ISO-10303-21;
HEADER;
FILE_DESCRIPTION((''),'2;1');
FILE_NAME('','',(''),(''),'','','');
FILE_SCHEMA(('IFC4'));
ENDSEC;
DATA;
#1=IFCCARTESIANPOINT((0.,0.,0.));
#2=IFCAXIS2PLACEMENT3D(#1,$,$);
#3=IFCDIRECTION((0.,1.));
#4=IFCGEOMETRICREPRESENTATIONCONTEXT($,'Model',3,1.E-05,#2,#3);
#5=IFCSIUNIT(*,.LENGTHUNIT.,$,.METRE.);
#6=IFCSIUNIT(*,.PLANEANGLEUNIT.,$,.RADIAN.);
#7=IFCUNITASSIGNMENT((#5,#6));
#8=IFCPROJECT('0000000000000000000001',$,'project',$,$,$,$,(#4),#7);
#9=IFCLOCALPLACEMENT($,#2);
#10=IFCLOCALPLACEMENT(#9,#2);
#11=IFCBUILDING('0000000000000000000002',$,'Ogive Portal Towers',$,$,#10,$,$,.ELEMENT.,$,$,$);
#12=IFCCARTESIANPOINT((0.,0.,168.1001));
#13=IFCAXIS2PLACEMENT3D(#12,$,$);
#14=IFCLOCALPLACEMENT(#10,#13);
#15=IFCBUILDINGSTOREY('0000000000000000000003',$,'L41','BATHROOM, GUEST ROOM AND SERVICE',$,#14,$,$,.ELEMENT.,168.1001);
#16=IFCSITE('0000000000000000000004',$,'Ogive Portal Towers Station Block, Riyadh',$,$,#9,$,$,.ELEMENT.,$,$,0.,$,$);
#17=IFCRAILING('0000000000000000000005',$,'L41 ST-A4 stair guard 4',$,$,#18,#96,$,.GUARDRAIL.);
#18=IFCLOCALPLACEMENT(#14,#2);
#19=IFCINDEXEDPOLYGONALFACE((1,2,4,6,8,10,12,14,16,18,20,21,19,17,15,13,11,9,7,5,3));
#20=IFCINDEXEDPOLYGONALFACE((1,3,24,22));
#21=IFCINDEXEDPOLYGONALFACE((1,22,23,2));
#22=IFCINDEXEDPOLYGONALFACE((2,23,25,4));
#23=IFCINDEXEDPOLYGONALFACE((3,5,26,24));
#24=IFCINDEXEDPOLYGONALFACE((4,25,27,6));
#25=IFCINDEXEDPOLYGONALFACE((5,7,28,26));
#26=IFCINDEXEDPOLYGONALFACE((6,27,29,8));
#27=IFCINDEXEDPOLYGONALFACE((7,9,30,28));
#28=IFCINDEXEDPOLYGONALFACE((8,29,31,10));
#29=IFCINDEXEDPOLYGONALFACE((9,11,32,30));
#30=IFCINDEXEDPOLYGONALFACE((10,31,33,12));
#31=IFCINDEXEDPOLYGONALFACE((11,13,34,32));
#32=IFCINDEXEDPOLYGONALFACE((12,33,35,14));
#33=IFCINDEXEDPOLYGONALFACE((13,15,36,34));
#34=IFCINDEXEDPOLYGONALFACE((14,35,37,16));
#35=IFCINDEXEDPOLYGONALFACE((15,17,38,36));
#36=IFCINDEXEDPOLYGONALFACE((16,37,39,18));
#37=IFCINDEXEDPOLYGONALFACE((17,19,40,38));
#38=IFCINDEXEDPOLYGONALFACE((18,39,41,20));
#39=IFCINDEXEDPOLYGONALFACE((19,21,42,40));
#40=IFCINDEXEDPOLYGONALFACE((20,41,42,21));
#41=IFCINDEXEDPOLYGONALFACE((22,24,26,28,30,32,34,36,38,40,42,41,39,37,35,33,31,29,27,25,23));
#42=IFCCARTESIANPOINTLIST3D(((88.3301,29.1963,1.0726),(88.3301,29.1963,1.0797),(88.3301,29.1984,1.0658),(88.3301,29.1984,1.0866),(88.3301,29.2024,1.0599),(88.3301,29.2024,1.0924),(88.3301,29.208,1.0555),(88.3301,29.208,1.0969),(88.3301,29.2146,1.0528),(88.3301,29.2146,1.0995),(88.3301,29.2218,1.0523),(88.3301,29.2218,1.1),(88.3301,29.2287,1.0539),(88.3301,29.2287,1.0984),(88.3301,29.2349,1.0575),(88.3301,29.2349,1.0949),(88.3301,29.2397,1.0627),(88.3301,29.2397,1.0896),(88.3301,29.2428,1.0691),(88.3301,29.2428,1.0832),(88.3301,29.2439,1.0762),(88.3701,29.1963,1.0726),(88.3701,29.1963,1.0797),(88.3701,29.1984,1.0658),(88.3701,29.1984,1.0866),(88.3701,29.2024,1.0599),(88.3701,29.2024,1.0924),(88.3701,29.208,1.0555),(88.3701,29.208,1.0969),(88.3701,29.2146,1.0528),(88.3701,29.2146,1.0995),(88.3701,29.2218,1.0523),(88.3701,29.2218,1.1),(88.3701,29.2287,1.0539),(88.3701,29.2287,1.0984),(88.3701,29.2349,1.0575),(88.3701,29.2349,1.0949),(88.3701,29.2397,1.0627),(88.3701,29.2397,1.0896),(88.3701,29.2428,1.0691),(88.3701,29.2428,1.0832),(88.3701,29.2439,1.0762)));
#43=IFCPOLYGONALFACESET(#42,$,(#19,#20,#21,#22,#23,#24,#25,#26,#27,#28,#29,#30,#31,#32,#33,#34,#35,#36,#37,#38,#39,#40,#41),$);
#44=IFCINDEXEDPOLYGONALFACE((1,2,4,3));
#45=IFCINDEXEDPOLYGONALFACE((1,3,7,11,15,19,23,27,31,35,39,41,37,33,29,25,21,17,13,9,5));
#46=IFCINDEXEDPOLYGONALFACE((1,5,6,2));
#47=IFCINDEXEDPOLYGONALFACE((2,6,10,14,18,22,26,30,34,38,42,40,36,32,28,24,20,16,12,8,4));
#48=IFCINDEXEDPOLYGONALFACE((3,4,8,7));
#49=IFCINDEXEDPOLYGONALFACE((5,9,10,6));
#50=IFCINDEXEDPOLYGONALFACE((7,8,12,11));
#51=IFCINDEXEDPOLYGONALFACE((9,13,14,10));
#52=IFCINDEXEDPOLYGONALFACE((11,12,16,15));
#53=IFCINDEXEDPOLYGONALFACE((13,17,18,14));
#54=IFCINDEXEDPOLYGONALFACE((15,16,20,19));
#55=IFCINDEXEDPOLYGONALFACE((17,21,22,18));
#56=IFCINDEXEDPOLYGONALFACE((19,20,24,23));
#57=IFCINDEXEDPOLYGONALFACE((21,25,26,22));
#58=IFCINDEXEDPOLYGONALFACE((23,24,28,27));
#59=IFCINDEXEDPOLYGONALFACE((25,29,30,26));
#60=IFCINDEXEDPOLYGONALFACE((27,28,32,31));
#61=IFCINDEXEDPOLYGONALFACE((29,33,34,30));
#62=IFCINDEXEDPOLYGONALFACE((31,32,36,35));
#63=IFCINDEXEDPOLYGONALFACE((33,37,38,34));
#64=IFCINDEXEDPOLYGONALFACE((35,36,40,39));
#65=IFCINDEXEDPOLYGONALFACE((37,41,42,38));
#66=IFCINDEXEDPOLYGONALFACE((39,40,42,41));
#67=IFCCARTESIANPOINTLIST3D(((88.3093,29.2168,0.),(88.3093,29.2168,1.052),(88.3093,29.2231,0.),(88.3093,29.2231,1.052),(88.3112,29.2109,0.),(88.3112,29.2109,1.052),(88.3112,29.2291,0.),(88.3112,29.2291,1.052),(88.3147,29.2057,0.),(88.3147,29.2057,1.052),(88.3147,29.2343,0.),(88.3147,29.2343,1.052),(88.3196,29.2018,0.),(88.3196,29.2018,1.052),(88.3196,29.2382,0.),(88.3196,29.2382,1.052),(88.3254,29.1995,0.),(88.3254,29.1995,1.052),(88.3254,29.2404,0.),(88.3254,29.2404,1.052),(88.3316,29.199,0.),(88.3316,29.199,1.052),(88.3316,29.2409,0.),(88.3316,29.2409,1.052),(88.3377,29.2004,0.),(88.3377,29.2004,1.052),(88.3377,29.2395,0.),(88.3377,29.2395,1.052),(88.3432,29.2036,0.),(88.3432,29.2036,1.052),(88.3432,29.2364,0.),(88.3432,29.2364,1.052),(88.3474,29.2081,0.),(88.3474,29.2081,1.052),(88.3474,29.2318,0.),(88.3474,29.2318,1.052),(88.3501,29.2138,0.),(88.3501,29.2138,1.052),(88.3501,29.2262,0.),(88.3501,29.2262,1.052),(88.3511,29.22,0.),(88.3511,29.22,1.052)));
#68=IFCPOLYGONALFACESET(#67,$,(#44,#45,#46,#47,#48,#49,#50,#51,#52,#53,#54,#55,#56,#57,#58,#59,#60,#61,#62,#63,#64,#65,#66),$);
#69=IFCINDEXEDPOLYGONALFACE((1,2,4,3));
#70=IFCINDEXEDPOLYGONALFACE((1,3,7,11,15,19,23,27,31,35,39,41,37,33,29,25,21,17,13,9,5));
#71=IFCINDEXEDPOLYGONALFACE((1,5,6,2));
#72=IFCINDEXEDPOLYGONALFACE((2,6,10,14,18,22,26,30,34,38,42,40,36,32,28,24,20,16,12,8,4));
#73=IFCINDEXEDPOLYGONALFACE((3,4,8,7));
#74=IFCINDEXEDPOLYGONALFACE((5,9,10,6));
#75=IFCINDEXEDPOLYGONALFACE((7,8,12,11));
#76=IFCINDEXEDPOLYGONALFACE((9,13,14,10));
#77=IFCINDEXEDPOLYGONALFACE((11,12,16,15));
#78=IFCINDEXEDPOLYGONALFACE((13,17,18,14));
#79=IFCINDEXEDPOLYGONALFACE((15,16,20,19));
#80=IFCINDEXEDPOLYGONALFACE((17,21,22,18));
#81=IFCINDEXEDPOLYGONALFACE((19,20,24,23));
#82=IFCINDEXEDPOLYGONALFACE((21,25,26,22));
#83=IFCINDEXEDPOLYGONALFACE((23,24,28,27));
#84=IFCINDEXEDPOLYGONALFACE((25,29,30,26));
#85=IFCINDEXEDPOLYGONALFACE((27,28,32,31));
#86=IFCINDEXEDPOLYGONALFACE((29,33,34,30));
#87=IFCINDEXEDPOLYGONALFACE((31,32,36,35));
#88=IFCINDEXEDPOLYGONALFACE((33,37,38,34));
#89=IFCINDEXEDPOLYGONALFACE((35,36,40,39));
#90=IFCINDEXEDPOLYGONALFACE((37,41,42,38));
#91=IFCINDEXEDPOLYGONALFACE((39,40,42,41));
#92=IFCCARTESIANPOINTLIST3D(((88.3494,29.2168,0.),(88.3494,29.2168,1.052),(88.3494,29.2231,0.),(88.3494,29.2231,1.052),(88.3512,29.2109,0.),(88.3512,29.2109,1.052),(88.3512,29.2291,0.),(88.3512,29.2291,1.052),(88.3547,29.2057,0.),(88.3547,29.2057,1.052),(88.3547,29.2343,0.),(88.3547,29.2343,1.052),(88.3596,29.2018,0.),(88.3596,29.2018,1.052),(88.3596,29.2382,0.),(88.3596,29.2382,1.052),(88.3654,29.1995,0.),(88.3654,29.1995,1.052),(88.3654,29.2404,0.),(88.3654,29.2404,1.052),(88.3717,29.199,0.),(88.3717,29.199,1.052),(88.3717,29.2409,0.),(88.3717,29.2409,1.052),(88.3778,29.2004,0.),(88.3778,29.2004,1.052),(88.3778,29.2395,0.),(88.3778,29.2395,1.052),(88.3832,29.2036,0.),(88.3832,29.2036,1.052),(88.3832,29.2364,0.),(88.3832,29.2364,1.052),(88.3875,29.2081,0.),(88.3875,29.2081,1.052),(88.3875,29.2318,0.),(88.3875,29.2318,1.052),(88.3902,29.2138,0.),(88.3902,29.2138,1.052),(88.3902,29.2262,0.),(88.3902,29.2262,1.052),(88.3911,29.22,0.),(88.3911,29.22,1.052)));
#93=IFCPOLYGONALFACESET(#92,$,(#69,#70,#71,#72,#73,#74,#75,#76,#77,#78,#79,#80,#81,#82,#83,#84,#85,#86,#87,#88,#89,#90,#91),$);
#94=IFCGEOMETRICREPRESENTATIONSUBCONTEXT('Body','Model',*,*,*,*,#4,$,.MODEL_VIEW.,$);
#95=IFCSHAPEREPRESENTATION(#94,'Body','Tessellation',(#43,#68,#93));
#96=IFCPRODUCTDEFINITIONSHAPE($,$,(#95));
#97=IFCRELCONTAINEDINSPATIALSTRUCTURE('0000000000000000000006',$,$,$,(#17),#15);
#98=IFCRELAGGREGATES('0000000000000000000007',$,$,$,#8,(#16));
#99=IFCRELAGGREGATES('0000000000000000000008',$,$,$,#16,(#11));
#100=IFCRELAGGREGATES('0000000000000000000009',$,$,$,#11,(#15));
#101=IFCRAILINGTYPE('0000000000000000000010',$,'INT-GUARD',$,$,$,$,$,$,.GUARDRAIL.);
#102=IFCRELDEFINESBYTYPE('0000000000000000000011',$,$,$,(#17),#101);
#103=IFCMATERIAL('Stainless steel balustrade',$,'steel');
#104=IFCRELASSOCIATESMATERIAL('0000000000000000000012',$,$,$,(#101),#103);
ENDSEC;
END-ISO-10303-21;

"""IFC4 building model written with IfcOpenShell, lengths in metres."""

from ifc_helpers import new_model, si_unit, direction, frame, origin, origin_2d, place, context, subcontext, project, spatial, circle, extrude, material, type_object, element, save


model = new_model("IFC4")

# Units and contexts
model_context = context("Model", 3, precision=1e-05, world=origin(), true_north=direction((0.0, 1.0)))
body_context = subcontext(model_context, "Body", "Model", "MODEL_VIEW")
ifc_project = project(units=[si_unit("LENGTHUNIT", "METRE"), si_unit("PLANEANGLEUNIT", "RADIAN")], contexts=[model_context])

# Site, building, storey
site_placement = place(None, origin())
site = spatial("IfcSite", under=ifc_project, at=site_placement, Name="Ogive Portal Towers Station Block, Riyadh", CompositionType="ELEMENT", RefElevation=0.0)
building_placement = place(site_placement, origin())
building = spatial("IfcBuilding", under=site, at=building_placement, Name="Ogive Portal Towers", CompositionType="ELEMENT")
storey_placement = place(building_placement, frame((0.0, 0.0, 168.1001)))
storey = spatial("IfcBuildingStorey", under=building, at=storey_placement, Name="L41", Description="BATHROOM, GUEST ROOM AND SERVICE", CompositionType="ELEMENT", Elevation=168.1001)

# Railing
ifc_material_1 = material(Name="Stainless steel balustrade", Category="steel")
railing_type = type_object("IfcRailingType", Name="INT-GUARD", PredefinedType="GUARDRAIL", material=ifc_material_1)
railing_placement = place(storey_placement, frame((88.3301, 29.22, 0.0)))
element("IfcRailing", 1, at=railing_placement, inside=storey, type_object=railing_type, Name="L41 ST-A4 stair guard 4", PredefinedType="GUARDRAIL", context=body_context, shape_type="SweptSolid", body=[
    extrude(circle(Radius=0.0239, at=origin_2d()), frame((0.0, 0.0, 1.0762), z_axis=(1.0, 0.0, 0.0), x_axis=(0.0, 1.0, 0.0)), (0.0, 0.0, 1.0), 0.04),
    extrude(circle(Radius=0.021, at=origin_2d()), origin(), (0.0, 0.0, 1.0), 1.052),
    extrude(circle(Radius=0.021, at=origin_2d()), frame((0.04, 0.0, 0.0)), (0.0, 0.0, 1.0), 1.052),
])

save(model, "model.ifc")
